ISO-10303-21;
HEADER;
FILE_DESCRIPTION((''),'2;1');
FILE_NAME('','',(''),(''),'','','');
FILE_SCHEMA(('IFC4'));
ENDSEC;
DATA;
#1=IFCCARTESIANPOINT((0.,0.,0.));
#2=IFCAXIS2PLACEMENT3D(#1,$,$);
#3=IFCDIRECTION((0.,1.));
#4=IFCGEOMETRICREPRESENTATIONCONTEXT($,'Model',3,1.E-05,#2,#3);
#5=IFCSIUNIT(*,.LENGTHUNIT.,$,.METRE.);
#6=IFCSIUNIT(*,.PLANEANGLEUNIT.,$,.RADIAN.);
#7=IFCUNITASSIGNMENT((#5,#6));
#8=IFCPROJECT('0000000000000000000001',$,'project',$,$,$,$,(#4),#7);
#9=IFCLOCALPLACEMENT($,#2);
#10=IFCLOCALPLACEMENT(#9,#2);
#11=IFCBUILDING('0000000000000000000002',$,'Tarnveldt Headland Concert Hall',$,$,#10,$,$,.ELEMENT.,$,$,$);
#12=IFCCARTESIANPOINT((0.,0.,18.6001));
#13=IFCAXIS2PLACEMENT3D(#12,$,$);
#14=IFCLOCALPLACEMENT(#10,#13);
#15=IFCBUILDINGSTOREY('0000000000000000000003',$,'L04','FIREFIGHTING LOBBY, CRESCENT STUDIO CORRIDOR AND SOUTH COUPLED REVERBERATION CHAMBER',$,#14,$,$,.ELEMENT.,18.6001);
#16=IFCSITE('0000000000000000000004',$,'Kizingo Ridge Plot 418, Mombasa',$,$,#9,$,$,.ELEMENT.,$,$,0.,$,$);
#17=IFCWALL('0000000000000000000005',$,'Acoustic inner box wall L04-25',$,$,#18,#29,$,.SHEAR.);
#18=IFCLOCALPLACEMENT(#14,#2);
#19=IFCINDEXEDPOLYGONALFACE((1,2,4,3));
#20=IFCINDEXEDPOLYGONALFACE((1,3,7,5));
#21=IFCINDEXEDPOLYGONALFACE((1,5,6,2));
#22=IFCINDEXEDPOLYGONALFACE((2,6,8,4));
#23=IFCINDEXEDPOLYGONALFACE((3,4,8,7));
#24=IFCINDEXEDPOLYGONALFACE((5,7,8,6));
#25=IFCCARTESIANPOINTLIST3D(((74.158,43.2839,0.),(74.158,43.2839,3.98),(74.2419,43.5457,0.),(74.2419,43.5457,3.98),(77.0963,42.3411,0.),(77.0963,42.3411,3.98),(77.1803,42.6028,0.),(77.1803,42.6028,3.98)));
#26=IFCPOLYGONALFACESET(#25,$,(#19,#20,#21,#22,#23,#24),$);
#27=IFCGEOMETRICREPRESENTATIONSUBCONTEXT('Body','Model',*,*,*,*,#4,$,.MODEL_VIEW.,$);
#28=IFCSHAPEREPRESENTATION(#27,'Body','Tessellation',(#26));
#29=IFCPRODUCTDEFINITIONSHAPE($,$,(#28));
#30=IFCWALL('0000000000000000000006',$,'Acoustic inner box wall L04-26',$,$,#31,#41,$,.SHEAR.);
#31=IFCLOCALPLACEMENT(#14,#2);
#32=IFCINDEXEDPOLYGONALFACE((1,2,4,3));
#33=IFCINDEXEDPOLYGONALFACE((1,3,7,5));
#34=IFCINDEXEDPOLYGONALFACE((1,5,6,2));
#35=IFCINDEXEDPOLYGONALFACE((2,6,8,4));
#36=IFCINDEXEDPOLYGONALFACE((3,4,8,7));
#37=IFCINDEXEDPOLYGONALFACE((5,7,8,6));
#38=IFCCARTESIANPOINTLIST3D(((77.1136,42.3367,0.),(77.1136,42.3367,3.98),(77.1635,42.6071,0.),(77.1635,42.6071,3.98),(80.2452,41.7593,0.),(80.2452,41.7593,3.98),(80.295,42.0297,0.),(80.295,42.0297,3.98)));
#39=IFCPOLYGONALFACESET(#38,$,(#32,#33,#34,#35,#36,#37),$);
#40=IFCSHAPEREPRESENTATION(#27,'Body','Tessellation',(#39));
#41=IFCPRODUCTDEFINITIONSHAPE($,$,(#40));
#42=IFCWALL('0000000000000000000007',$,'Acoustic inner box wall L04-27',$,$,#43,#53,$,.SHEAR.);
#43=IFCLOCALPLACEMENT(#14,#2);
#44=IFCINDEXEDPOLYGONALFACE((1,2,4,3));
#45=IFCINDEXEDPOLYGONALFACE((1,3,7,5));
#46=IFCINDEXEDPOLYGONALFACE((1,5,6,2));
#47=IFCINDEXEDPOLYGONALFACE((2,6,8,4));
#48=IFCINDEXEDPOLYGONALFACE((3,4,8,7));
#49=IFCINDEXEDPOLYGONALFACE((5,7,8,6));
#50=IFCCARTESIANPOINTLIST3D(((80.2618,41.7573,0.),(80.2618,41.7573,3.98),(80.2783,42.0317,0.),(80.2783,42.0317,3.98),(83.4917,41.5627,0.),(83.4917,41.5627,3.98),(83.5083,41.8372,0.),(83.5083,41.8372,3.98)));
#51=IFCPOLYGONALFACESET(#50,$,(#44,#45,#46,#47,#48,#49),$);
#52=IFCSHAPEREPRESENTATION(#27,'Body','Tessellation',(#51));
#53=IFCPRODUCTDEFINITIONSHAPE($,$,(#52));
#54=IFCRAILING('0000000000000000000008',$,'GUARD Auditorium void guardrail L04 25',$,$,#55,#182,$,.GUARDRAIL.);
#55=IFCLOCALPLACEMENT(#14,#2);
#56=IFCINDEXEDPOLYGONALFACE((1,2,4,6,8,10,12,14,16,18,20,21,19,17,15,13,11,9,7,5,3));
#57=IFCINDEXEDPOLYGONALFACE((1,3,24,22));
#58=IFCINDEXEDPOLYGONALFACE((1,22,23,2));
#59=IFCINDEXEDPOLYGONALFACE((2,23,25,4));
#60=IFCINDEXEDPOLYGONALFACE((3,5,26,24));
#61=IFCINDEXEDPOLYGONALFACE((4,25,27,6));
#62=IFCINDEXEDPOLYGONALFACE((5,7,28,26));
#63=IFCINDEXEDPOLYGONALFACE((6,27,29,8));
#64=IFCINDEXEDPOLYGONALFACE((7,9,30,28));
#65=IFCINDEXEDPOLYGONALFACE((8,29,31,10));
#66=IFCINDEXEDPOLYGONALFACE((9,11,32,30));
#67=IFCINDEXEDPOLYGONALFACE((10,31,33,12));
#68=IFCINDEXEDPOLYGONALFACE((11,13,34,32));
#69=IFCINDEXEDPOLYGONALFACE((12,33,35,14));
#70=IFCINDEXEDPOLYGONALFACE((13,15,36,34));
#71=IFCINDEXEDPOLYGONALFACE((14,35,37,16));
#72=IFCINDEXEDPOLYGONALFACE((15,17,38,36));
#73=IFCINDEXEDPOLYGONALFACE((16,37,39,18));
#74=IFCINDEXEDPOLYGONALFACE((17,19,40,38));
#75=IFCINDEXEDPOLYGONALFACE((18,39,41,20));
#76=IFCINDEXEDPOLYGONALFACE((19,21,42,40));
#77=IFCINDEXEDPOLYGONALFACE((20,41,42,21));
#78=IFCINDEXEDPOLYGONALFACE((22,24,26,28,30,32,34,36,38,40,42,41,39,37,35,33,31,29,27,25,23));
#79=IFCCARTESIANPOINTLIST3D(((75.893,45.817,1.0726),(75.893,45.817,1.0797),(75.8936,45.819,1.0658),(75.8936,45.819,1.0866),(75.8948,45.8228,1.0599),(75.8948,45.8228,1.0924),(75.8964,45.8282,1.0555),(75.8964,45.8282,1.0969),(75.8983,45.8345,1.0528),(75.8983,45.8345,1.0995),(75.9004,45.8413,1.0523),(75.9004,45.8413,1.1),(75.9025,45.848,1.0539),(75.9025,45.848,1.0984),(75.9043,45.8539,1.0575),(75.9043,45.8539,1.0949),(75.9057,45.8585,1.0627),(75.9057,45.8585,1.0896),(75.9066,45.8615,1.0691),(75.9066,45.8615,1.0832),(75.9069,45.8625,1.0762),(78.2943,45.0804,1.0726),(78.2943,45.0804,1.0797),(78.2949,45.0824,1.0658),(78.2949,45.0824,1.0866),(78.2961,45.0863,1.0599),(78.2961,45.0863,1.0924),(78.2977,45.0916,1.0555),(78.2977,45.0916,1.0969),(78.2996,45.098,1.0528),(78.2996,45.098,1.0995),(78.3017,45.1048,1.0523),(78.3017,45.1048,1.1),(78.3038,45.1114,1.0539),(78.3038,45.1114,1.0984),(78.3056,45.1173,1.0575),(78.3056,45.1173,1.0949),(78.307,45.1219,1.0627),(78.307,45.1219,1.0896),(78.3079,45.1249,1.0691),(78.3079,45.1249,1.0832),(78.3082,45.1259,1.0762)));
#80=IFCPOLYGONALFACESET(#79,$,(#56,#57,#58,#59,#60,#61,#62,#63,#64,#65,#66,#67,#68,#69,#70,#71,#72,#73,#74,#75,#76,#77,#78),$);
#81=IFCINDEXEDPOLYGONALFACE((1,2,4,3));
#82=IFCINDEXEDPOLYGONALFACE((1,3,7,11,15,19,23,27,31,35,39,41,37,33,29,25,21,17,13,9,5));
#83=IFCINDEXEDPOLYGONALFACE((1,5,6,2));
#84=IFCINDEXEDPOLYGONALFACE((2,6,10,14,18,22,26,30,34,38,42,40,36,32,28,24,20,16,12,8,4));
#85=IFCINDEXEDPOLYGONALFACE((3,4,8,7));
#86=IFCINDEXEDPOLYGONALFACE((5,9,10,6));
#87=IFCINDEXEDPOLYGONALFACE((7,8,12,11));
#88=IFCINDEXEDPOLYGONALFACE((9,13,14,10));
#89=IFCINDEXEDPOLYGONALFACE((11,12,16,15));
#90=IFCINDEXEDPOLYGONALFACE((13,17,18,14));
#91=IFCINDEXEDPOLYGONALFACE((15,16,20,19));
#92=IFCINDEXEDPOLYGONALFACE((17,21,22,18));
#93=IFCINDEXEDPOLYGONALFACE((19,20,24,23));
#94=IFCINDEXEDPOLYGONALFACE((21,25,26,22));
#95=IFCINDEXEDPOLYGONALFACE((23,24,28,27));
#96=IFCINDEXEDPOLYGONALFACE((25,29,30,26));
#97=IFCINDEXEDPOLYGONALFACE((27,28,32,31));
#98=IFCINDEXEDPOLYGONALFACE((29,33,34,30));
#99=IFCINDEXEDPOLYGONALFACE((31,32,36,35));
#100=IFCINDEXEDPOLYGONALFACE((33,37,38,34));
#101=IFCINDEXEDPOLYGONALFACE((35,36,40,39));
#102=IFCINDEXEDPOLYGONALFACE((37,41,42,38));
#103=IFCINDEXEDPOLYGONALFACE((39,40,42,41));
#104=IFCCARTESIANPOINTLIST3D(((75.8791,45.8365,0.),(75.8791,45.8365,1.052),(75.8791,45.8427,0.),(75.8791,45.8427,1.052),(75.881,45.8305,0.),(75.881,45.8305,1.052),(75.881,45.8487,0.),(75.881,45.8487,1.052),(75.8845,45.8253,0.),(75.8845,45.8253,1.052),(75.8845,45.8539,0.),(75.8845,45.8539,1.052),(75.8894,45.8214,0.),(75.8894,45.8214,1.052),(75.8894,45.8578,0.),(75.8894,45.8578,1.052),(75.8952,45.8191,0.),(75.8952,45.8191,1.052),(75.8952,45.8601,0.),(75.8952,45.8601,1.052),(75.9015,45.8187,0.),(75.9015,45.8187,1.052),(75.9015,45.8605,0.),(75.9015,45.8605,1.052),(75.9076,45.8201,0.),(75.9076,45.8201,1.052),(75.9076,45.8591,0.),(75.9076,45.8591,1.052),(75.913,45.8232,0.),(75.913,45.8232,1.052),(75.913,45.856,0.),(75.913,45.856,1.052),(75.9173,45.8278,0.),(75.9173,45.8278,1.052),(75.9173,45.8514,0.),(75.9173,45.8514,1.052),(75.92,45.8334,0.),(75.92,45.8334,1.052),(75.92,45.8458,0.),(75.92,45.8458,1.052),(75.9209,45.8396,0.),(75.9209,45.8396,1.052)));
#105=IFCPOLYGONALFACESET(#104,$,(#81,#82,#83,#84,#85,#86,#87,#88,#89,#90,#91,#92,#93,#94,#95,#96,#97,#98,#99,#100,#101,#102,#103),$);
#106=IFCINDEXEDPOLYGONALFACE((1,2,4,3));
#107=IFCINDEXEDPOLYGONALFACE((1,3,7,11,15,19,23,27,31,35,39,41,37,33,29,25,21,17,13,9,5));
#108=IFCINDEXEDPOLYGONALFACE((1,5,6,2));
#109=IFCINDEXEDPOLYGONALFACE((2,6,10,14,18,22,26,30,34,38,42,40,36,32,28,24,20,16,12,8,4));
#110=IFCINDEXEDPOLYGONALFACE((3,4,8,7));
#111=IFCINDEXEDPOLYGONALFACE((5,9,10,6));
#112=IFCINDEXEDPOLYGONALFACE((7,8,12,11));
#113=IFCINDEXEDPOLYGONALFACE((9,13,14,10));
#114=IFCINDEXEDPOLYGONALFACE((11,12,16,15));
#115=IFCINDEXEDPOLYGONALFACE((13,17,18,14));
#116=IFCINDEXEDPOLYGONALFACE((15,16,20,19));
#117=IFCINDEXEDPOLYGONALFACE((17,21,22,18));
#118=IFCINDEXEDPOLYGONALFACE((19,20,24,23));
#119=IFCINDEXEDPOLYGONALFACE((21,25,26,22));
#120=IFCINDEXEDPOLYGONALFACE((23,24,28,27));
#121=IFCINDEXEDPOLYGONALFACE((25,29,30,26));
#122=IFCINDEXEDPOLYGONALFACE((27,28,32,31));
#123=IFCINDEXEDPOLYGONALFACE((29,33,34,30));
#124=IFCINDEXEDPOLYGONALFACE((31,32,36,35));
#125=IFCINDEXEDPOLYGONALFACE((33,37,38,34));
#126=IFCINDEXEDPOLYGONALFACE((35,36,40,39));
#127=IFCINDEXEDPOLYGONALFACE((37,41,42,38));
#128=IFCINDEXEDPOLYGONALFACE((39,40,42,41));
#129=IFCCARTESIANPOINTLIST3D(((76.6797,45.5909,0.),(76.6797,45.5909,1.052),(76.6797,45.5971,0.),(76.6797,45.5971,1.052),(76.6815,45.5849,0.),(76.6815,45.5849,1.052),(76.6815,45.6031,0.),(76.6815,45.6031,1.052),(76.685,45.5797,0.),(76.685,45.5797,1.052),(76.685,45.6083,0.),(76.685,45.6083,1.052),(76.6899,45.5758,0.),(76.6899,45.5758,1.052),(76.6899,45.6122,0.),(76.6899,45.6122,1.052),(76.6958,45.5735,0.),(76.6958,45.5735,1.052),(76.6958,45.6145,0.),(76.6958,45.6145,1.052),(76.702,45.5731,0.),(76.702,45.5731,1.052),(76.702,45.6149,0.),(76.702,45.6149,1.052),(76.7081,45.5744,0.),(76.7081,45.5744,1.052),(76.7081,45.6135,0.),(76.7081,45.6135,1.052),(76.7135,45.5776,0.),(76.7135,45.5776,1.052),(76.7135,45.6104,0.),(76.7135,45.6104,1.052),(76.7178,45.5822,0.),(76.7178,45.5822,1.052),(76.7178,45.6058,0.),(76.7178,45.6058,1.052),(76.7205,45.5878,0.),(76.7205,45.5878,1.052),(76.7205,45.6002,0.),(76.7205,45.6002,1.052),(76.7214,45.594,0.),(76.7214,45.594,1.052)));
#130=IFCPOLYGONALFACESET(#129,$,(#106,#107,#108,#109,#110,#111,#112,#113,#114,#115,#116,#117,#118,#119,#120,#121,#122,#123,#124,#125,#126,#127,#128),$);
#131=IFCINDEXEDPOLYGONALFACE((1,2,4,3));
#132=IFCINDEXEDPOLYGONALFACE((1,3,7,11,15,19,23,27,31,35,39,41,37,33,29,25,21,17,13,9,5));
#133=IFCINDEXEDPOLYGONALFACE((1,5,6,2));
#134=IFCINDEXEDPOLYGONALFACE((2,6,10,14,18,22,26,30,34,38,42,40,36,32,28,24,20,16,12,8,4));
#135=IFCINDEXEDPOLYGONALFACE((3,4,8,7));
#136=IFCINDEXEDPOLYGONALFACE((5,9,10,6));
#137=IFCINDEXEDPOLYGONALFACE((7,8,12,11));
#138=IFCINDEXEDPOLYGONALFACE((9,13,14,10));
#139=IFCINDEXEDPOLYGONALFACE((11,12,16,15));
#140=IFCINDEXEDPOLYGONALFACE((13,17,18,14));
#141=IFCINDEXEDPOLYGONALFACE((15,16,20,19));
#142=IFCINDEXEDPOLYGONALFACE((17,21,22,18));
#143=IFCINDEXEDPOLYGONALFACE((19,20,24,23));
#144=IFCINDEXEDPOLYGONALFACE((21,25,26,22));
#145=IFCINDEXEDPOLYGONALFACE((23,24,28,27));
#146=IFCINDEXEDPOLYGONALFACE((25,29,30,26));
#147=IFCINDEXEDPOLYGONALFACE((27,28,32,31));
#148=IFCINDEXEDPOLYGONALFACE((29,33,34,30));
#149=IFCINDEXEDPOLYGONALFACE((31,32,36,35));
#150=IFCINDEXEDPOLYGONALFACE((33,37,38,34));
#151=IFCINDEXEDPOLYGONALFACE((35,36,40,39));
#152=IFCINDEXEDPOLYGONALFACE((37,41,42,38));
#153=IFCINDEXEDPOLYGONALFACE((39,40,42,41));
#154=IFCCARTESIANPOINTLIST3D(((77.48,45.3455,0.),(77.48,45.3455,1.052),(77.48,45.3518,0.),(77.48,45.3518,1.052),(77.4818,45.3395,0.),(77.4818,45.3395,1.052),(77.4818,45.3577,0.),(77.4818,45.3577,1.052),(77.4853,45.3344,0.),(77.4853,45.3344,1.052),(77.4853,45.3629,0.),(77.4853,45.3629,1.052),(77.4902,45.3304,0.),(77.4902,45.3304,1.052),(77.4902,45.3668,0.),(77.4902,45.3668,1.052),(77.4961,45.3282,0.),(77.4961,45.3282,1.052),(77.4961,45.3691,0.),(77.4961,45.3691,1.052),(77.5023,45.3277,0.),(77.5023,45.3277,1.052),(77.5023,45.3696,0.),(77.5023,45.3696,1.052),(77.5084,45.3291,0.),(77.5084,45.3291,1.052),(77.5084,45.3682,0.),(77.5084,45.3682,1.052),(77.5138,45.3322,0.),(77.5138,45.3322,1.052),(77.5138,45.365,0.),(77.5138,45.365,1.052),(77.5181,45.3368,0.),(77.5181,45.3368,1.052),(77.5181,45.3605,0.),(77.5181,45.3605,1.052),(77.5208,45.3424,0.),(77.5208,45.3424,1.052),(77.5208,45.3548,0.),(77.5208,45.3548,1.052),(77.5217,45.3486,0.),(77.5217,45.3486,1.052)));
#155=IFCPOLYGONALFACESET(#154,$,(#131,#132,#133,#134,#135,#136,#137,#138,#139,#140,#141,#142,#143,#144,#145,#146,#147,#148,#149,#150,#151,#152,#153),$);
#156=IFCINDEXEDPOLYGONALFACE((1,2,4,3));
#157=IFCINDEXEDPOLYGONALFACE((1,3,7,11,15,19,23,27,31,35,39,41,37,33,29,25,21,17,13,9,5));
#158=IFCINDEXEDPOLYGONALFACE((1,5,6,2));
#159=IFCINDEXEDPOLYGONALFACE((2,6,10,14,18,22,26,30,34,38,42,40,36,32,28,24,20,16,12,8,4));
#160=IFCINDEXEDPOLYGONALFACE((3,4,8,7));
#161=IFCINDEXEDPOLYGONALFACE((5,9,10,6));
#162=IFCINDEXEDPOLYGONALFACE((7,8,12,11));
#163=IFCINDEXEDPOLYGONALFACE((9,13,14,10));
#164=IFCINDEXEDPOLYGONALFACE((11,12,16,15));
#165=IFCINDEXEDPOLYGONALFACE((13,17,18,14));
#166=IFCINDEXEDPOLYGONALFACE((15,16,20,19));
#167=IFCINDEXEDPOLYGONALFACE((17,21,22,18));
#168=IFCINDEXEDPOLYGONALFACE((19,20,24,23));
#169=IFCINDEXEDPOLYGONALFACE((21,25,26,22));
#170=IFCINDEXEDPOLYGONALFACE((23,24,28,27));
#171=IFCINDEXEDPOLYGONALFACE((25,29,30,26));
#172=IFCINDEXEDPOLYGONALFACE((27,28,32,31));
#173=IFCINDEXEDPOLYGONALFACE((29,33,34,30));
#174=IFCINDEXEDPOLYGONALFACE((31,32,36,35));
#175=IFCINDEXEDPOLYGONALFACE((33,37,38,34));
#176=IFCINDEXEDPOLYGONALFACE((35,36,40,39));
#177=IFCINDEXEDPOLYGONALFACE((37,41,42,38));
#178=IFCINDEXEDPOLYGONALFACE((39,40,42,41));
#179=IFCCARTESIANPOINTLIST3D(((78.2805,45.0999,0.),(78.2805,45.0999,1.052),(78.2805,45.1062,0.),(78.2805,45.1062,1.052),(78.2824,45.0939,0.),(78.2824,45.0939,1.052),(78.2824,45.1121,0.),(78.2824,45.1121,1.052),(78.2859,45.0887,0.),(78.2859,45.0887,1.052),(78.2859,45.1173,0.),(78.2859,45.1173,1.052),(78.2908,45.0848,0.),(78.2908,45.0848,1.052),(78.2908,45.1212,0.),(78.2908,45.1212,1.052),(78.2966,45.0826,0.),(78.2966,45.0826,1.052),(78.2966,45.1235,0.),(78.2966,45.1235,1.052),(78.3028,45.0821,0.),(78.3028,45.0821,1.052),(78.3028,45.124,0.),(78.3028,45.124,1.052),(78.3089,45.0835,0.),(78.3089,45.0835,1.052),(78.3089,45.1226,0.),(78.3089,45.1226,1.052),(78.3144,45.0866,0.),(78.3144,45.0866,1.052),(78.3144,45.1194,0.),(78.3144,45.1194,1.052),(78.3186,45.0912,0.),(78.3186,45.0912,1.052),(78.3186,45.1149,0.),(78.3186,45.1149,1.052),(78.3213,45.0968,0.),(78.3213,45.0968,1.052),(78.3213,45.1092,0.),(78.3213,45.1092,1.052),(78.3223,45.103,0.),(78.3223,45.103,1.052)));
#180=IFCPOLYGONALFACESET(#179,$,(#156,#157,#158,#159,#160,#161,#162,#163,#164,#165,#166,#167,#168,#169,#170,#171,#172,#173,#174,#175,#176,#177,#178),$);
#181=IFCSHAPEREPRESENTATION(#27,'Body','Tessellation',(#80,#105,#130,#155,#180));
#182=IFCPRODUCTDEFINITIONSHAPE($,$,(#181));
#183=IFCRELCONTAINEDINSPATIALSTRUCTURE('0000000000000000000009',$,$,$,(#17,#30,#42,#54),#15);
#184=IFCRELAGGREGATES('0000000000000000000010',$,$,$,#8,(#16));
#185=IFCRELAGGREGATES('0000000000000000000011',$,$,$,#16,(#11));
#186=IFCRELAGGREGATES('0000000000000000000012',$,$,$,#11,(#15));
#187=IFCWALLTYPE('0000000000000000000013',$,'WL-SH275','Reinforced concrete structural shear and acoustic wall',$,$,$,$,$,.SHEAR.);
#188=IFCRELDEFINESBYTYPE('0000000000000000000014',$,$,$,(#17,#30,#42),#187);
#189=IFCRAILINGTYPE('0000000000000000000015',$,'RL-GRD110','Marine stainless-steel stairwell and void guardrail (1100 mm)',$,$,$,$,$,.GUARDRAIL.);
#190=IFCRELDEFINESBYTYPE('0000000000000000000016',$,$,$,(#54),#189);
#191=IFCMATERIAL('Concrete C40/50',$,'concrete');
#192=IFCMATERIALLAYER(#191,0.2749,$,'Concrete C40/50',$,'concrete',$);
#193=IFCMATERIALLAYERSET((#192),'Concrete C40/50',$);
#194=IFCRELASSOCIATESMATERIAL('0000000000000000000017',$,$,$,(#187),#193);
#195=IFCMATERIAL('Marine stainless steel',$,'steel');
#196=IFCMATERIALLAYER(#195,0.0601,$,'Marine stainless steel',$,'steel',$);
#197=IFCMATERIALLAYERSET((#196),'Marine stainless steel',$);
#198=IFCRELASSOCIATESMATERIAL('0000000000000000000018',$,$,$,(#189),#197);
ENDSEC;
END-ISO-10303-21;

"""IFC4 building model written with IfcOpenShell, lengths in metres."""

from ifc_helpers import new_model, si_unit, direction, frame, frame_2d, origin, origin_2d, place, context, subcontext, project, spatial, rectangle, circle, extrude, material, layer, layer_set, type_object, element, save


model = new_model("IFC4")

# Units and contexts
model_context = context("Model", 3, precision=1e-05, world=origin(), true_north=direction((0.0, 1.0)))
body_context = subcontext(model_context, "Body", "Model", "MODEL_VIEW")
ifc_project = project(units=[si_unit("LENGTHUNIT", "METRE"), si_unit("PLANEANGLEUNIT", "RADIAN")], contexts=[model_context])

# Site, building, storey
site_placement = place(None, origin())
site = spatial("IfcSite", under=ifc_project, at=site_placement, Name="Kizingo Ridge Plot 418, Mombasa", CompositionType="ELEMENT", RefElevation=0.0)
building_placement = place(site_placement, origin())
building = spatial("IfcBuilding", under=site, at=building_placement, Name="Tarnveldt Headland Concert Hall", CompositionType="ELEMENT")
storey_placement = place(building_placement, frame((0.0, 0.0, 18.6001)))
storey = spatial("IfcBuildingStorey", under=building, at=storey_placement, Name="L04", Description="FIREFIGHTING LOBBY, CRESCENT STUDIO CORRIDOR AND SOUTH COUPLED REVERBERATION CHAMBER", CompositionType="ELEMENT", Elevation=18.6001)

# Shared definitions
ifc_material_1 = material(Name="Concrete C40/50", Category="concrete")

# Walls
ifc_layer_1 = layer(ifc_material_1, 0.2749, Name="Concrete C40/50", Category="concrete")
ifc_layer_set_1 = layer_set([ifc_layer_1], Name="Concrete C40/50")
wall_type_1 = type_object("IfcWallType", Name="WL-SH275", Description="Reinforced concrete structural shear and acoustic wall", PredefinedType="SHEAR", material=ifc_layer_set_1)
wall_1_placement = place(storey_placement, frame((74.2, 43.4148, 0.0), z_axis=(0.0, 0.0, 1.0), x_axis=(0.952183, -0.305528, 0.0)))
element("IfcWall", 1, at=wall_1_placement, inside=storey, type_object=wall_type_1, Name="Acoustic inner box wall L04-25", PredefinedType="SHEAR", context=body_context, shape_type="SweptSolid", body=[
    extrude(rectangle(XDim=3.0859, YDim=0.2749, at=frame_2d((1.543, 0.0))), origin(), (0.0, 0.0, 1.0), 3.98),
])
wall_2_placement = place(storey_placement, frame((77.1384, 42.4719, 0.0), z_axis=(0.0, 0.0, 1.0), x_axis=(0.983424, -0.18132, 0.0)))
element("IfcWall", 2, at=wall_2_placement, inside=storey, type_object=wall_type_1, Name="Acoustic inner box wall L04-26", PredefinedType="SHEAR", context=body_context, shape_type="SweptSolid", body=[
    extrude(rectangle(XDim=3.1843, YDim=0.2749, at=frame_2d((1.5923, 0.0))), origin(), (0.0, 0.0, 1.0), 3.98),
])
wall_3_placement = place(storey_placement, frame((80.27, 41.8945, 0.0), z_axis=(0.0, 0.0, 1.0), x_axis=(0.99819, -0.060133, 0.0)))
element("IfcWall", 3, at=wall_3_placement, inside=storey, type_object=wall_type_1, Name="Acoustic inner box wall L04-27", PredefinedType="SHEAR", context=body_context, shape_type="SweptSolid", body=[
    extrude(rectangle(XDim=3.2358, YDim=0.2749, at=frame_2d((1.6179, 0.0))), origin(), (0.0, 0.0, 1.0), 3.98),
])

# Railing
ifc_material_2 = material(Name="Marine stainless steel", Category="steel")
ifc_layer_2 = layer(ifc_material_2, 0.0601, Name="Marine stainless steel", Category="steel")
ifc_layer_set_2 = layer_set([ifc_layer_2], Name="Marine stainless steel")
railing_type = type_object("IfcRailingType", Name="RL-GRD110", Description="Marine stainless-steel stairwell and void guardrail (1100 mm)", PredefinedType="GUARDRAIL", material=ifc_layer_set_2)
railing_1_placement = place(storey_placement, frame((75.8999, 45.8396, 0.0)))
element("IfcRailing", 4, at=railing_1_placement, inside=storey, type_object=railing_type, Name="GUARD Auditorium void guardrail L04 25", PredefinedType="GUARDRAIL", context=body_context, shape_type="SweptSolid", body=[
    extrude(circle(Radius=0.0239, at=origin_2d()), frame((0.0, 0.0, 1.0762), z_axis=(0.956037, -0.293246, 0.0), x_axis=(0.293246, 0.956037, 0.0)), (0.0, 0.0, 1.0), 2.5117),
    extrude(circle(Radius=0.021, at=origin_2d()), origin(), (0.0, 0.0, 1.0), 1.052),
    extrude(circle(Radius=0.021, at=origin_2d()), frame((0.8005, -0.2456, 0.0)), (0.0, 0.0, 1.0), 1.052),
    extrude(circle(Radius=0.021, at=origin_2d()), frame((1.6008, -0.491, 0.0)), (0.0, 0.0, 1.0), 1.052),
    extrude(circle(Radius=0.021, at=origin_2d()), frame((2.4014, -0.7366, 0.0)), (0.0, 0.0, 1.0), 1.052),
])

save(model, "model.ifc")
